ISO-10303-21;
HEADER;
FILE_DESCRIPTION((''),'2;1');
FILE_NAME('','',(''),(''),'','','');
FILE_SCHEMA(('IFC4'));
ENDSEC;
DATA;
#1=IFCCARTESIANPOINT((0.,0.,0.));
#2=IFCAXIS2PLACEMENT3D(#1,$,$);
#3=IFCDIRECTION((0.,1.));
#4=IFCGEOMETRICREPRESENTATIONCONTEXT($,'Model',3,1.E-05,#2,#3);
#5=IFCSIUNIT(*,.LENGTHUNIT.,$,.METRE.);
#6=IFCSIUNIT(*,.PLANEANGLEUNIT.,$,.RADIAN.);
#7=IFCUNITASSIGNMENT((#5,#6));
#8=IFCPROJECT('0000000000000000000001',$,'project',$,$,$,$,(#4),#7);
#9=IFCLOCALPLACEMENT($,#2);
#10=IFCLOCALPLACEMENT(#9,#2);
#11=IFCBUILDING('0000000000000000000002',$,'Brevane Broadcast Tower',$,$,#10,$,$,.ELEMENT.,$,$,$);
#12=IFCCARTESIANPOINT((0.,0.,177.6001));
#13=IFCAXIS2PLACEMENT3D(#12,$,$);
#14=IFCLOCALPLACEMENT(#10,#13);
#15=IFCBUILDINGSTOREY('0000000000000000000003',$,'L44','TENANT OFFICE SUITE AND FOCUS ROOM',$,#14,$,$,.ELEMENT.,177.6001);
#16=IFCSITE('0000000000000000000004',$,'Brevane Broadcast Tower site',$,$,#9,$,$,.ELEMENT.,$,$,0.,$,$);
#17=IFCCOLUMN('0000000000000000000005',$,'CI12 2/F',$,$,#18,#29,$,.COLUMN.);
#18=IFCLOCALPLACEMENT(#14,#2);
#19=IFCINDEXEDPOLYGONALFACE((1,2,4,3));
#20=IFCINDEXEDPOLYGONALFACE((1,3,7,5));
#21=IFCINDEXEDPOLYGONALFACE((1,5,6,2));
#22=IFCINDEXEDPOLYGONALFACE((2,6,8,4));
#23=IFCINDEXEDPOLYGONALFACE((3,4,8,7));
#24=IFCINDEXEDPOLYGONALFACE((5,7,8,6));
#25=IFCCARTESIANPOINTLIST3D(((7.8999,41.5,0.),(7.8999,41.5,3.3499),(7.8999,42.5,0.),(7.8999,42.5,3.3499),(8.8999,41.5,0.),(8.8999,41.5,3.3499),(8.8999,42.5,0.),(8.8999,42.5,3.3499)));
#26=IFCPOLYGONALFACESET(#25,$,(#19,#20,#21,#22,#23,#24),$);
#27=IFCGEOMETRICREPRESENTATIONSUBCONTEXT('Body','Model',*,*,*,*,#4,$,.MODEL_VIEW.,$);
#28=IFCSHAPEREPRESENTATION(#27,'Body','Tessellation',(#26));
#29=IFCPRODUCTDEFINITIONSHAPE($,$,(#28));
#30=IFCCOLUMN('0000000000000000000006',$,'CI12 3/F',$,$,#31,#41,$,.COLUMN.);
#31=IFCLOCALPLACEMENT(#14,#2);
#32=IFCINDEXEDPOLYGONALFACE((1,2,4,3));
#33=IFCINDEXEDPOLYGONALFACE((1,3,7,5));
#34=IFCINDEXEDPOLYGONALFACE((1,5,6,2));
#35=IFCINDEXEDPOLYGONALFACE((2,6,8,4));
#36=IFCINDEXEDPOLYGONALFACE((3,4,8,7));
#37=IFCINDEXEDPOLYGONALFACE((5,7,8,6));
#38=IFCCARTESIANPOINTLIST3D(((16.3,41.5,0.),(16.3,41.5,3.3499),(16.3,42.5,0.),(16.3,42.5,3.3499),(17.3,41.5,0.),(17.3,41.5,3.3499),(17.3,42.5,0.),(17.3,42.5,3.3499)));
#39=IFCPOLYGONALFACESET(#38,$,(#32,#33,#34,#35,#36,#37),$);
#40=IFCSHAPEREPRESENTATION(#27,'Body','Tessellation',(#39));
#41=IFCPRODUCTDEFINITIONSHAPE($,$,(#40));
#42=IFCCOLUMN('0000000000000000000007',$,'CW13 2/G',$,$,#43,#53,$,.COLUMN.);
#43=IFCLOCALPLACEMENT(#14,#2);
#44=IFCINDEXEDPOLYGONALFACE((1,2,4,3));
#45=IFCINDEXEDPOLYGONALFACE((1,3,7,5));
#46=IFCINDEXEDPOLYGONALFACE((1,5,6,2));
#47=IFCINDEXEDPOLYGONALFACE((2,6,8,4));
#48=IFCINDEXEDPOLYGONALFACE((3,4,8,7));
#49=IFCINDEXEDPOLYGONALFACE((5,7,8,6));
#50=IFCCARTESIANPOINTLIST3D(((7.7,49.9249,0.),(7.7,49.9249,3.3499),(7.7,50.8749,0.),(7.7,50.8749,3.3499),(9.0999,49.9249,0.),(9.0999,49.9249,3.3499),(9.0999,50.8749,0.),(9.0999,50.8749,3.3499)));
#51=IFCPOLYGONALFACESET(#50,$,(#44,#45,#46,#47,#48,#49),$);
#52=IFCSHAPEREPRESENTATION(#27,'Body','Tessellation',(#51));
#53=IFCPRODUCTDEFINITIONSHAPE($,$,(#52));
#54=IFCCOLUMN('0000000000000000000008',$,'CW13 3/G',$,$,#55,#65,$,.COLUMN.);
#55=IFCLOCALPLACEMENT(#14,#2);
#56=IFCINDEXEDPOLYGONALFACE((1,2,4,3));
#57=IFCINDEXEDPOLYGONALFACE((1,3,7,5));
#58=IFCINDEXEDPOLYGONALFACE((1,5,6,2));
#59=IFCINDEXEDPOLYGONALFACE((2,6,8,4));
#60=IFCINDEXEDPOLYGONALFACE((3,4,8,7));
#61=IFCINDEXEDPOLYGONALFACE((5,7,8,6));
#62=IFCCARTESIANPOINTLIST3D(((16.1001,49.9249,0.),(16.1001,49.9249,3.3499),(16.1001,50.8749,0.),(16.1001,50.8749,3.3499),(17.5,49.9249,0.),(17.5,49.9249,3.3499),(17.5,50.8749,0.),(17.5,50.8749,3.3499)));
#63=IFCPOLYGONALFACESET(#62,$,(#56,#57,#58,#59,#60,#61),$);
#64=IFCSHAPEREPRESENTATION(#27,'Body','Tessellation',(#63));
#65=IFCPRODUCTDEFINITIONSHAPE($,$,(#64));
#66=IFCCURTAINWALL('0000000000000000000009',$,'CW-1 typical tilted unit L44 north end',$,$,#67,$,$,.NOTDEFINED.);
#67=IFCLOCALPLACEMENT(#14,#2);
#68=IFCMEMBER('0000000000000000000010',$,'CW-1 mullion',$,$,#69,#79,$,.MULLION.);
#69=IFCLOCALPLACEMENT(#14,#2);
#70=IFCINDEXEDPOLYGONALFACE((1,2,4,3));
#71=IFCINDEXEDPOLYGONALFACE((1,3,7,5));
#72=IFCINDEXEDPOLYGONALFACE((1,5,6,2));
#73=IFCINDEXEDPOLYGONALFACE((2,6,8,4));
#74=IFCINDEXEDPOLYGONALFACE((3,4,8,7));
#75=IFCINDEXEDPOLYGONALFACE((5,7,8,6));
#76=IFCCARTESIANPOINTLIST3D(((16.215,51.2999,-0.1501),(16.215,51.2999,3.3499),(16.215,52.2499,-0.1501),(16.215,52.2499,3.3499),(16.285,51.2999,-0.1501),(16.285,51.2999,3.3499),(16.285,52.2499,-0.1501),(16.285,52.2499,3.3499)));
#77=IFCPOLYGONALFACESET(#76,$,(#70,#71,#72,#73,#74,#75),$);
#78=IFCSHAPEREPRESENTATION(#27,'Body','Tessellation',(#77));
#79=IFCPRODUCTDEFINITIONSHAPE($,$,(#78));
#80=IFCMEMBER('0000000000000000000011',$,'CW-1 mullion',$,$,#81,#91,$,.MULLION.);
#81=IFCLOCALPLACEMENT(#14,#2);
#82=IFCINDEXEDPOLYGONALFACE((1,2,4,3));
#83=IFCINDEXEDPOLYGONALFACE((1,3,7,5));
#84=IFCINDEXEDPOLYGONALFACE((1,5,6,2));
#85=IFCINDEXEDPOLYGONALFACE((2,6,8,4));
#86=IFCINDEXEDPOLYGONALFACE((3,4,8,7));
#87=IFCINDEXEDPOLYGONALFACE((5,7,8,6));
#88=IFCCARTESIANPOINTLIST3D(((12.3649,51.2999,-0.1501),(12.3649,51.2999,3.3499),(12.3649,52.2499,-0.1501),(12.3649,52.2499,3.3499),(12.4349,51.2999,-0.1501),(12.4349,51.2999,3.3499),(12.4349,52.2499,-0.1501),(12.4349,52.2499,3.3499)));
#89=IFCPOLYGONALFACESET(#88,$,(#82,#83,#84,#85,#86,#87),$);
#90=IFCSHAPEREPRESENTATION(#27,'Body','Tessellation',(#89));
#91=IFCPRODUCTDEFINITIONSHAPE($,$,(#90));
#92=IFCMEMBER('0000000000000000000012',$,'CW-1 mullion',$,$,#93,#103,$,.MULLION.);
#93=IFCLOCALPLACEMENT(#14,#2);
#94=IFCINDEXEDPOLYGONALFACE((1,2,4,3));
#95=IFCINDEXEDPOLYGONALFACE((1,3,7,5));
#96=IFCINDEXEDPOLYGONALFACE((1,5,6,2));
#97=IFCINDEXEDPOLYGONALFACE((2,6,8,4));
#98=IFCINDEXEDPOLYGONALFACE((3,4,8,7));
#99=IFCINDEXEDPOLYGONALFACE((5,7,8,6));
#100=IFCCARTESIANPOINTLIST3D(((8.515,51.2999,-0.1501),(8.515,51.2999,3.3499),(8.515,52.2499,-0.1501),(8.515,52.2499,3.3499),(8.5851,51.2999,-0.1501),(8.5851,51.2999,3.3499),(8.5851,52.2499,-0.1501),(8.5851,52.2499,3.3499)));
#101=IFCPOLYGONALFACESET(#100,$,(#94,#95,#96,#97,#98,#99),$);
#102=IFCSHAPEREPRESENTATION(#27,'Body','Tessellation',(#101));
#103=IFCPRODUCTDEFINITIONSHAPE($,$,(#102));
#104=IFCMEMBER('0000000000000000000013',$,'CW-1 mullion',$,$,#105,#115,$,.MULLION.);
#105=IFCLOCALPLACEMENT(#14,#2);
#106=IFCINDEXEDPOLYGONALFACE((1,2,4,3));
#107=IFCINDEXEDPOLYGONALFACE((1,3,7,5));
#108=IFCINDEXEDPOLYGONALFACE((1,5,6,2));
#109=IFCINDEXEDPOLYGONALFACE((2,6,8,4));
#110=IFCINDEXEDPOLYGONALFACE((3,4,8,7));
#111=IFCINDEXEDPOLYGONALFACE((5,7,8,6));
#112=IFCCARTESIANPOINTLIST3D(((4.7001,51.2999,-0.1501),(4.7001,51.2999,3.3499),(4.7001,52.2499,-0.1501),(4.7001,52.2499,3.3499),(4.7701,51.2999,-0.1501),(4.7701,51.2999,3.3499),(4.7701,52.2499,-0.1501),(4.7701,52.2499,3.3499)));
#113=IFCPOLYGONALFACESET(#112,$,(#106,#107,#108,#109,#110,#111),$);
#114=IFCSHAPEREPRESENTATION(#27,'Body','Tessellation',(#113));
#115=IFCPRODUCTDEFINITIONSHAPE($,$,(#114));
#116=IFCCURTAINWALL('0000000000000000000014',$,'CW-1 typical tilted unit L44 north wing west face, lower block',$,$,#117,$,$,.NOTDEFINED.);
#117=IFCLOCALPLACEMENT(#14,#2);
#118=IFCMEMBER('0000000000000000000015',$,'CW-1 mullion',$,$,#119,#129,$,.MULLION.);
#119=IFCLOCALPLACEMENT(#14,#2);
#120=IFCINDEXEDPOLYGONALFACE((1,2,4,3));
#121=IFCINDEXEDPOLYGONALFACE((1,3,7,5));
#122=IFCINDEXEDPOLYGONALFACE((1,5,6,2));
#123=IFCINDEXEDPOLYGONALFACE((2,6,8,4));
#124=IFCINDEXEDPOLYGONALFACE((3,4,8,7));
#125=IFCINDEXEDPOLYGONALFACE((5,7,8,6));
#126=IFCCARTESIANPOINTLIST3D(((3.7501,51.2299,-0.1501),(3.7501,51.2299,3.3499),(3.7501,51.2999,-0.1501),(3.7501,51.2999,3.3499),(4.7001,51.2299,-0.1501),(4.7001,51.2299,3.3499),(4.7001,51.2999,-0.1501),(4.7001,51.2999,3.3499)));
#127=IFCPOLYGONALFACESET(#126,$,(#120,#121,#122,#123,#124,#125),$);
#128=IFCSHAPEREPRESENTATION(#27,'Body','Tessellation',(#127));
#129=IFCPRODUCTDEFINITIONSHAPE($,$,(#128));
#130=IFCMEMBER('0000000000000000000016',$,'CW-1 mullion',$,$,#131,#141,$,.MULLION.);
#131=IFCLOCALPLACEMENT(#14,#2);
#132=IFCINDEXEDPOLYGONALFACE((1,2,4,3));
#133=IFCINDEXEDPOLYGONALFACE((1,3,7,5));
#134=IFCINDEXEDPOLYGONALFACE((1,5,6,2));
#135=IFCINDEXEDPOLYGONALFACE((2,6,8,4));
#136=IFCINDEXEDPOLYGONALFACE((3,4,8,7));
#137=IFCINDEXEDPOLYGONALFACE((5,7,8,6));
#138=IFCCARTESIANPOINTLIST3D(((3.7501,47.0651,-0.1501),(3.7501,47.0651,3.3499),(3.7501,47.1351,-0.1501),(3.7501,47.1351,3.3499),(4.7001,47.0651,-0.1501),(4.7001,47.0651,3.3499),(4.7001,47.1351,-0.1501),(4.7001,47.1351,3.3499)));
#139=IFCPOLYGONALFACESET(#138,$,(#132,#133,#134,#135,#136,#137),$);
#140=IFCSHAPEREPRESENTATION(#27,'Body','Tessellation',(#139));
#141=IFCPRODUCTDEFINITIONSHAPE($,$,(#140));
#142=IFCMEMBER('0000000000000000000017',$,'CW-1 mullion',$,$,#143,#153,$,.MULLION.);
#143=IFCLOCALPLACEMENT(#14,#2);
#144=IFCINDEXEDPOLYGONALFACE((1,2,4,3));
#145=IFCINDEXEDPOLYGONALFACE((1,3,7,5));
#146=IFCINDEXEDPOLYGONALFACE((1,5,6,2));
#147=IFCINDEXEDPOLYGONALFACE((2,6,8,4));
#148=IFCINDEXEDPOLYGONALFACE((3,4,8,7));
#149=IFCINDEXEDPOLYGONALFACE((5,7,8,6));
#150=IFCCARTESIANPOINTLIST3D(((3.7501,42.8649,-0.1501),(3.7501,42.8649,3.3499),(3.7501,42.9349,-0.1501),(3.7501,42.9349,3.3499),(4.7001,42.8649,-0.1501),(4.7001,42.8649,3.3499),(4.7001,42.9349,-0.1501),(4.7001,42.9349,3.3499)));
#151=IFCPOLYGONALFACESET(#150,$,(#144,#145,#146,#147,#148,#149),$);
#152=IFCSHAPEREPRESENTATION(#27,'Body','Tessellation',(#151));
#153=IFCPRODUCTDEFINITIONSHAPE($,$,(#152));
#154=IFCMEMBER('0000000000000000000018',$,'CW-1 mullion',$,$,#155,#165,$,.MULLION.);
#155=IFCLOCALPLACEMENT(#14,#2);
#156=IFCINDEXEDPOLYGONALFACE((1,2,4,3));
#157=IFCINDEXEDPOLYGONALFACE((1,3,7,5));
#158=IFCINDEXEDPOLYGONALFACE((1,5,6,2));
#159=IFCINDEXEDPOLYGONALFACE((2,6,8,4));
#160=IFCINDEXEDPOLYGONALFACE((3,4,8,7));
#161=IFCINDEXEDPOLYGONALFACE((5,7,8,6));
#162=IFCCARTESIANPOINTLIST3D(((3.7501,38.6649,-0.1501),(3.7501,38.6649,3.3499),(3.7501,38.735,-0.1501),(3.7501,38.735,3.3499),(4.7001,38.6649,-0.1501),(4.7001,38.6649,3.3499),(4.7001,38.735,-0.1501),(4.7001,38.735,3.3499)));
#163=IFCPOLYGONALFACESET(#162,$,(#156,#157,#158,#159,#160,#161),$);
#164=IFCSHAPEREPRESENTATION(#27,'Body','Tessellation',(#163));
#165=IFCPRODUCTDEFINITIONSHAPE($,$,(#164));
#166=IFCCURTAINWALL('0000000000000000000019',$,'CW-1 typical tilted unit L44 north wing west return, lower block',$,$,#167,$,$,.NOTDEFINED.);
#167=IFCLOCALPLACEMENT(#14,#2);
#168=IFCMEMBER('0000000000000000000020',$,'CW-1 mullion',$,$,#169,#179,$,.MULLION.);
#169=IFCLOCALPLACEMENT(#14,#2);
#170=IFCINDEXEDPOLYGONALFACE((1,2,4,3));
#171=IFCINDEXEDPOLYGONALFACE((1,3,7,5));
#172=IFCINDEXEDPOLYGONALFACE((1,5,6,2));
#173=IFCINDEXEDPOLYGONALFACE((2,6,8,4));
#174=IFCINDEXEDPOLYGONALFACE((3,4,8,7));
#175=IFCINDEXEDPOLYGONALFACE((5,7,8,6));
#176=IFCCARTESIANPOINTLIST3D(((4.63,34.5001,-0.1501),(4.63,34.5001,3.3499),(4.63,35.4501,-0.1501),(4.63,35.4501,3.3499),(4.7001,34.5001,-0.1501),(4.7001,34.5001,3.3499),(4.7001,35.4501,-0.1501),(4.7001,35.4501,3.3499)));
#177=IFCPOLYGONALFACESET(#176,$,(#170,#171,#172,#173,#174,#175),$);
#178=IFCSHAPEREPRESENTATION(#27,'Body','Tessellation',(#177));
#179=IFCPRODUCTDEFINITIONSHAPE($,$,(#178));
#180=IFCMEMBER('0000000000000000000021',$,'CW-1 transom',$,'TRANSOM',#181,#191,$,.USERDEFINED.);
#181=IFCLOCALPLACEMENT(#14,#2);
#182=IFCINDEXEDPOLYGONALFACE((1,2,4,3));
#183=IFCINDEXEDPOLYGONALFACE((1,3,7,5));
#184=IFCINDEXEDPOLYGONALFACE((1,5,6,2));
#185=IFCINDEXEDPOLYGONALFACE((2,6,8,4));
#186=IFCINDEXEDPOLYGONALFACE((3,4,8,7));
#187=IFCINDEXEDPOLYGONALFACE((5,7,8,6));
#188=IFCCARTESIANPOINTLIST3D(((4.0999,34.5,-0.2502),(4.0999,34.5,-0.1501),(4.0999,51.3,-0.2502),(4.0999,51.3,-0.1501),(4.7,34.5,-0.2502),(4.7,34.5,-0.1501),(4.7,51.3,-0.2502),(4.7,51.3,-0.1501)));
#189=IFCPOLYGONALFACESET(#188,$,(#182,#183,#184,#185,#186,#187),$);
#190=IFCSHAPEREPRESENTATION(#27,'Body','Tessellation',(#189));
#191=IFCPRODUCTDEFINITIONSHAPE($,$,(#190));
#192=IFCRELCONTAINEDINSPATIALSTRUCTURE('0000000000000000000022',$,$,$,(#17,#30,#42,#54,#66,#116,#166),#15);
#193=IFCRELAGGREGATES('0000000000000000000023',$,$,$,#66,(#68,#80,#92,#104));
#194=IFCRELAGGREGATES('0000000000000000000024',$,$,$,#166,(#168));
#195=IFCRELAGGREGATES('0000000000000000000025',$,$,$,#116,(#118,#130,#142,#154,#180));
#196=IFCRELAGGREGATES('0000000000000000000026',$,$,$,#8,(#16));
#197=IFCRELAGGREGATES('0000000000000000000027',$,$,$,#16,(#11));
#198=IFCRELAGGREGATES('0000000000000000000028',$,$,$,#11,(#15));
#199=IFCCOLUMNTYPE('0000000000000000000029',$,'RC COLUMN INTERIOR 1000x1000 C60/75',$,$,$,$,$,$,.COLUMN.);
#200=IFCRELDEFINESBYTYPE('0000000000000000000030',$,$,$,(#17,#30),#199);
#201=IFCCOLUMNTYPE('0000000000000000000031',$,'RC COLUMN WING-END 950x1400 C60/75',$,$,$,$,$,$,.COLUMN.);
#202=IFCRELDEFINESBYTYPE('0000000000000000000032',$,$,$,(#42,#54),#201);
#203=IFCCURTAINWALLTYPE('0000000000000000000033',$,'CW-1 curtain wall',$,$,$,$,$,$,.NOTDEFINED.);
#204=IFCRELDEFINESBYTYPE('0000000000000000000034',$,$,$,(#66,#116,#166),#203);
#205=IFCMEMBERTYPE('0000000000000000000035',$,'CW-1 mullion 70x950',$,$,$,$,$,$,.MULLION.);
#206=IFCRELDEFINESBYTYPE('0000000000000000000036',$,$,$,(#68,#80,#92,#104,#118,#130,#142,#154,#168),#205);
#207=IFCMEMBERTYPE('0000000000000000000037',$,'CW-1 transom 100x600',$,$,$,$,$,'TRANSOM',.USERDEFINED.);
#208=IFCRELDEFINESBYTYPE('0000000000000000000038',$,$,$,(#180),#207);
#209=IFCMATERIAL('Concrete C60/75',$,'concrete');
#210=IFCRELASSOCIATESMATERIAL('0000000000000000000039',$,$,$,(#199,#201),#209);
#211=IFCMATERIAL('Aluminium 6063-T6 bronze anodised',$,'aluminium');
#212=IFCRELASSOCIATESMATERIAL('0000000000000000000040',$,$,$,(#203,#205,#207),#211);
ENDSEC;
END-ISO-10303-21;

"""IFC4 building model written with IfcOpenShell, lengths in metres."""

from ifc_helpers import new_model, si_unit, direction, frame, origin, origin_2d, place, context, subcontext, project, spatial, rectangle, extrude, material, material_profile, profile_set, type_object, element, aggregate, save


model = new_model("IFC4")

# Units and contexts
model_context = context("Model", 3, precision=1e-05, world=origin(), true_north=direction((0.0, 1.0)))
body_context = subcontext(model_context, "Body", "Model", "MODEL_VIEW")
ifc_project = project(units=[si_unit("LENGTHUNIT", "METRE"), si_unit("PLANEANGLEUNIT", "RADIAN")], contexts=[model_context])

# Site, building, storey
site_placement = place(None, origin())
site = spatial("IfcSite", under=ifc_project, at=site_placement, Name="Brevane Broadcast Tower site", CompositionType="ELEMENT", RefElevation=0.0)
building_placement = place(site_placement, origin())
building = spatial("IfcBuilding", under=site, at=building_placement, Name="Brevane Broadcast Tower", CompositionType="ELEMENT")
storey_placement = place(building_placement, frame((0.0, 0.0, 177.6001)))
storey = spatial("IfcBuildingStorey", under=building, at=storey_placement, Name="L44", Description="TENANT OFFICE SUITE AND FOCUS ROOM", CompositionType="ELEMENT", Elevation=177.6001)

# Columns
ifc_material_1 = material(Name="Concrete C60/75", Category="concrete")
ifc_material_profile_1 = material_profile(ifc_material_1, rectangle(XDim=1.0, YDim=1.0, at=origin_2d()), Name="RC 1000x1000")
ifc_profile_set_1 = profile_set([ifc_material_profile_1], Name="Concrete C60/75")
column_type_1 = type_object("IfcColumnType", Name="RC COLUMN INTERIOR 1000x1000 C60/75", PredefinedType="COLUMN", material=ifc_profile_set_1)
for number, where, z_axis, x_axis, name in (
    (1, (8.3999, 42.0, 0.0), (0.0, 0.0, 1.0), (1.0, 0.0, 0.0), "CI12 2/F"),
    (2, (16.8, 42.0, 0.0), (0.0, 0.0, 1.0), (1.0, 0.0, 0.0), "CI12 3/F"),
):
    element("IfcColumn", number, at=place(storey_placement, frame(where, z_axis=z_axis, x_axis=x_axis)), inside=storey, type_object=column_type_1, Name=name, PredefinedType="COLUMN", context=body_context, shape_type="SweptSolid", body=[
        extrude(rectangle(XDim=1.0, YDim=1.0, at=origin_2d()), origin(), (0.0, 0.0, 1.0), 3.3499),
    ])
ifc_material_profile_2 = material_profile(ifc_material_1, rectangle(XDim=0.95, YDim=1.3999, at=origin_2d()), Name="RC 950x1400")
ifc_profile_set_2 = profile_set([ifc_material_profile_2], Name="Concrete C60/75")
column_type_2 = type_object("IfcColumnType", Name="RC COLUMN WING-END 950x1400 C60/75", PredefinedType="COLUMN", material=ifc_profile_set_2)
for number, where, z_axis, x_axis, name in (
    (3, (8.3999, 50.3999, 0.0), (0.0, 0.0, 1.0), (0.0, 1.0, 0.0), "CW13 2/G"),
    (4, (16.8, 50.3999, 0.0), (0.0, 0.0, 1.0), (0.0, 1.0, 0.0), "CW13 3/G"),
):
    element("IfcColumn", number, at=place(storey_placement, frame(where, z_axis=z_axis, x_axis=x_axis)), inside=storey, type_object=column_type_2, Name=name, PredefinedType="COLUMN", context=body_context, shape_type="SweptSolid", body=[
        extrude(rectangle(XDim=0.95, YDim=1.3999, at=origin_2d()), origin(), (0.0, 0.0, 1.0), 3.3499),
    ])

# Curtain walls, members
ifc_material_2 = material(Name="Aluminium 6063-T6 bronze anodised", Category="aluminium")
curtain_wall_type = type_object("IfcCurtainWallType", Name="CW-1 curtain wall", PredefinedType="NOTDEFINED", material=ifc_material_2)
curtain_wall_1_placement = place(storey_placement, origin())
curtain_wall_1 = element("IfcCurtainWall", 5, at=curtain_wall_1_placement, inside=storey, type_object=curtain_wall_type, Name="CW-1 typical tilted unit L44 north end", PredefinedType="NOTDEFINED")
ifc_material_profile_3 = material_profile(ifc_material_2, rectangle(XDim=0.95, YDim=0.0701, at=origin_2d()), Name="RECT 70x950")
ifc_profile_set_3 = profile_set([ifc_material_profile_3], Name="Aluminium 6063-T6 bronze anodised")
member_type_1 = type_object("IfcMemberType", Name="CW-1 mullion 70x950", PredefinedType="MULLION", material=ifc_profile_set_3)
member_1_placement = place(storey_placement, frame((16.25, 51.7749, -0.1501), z_axis=(0.0, 0.0, 1.0), x_axis=(0.0, -1.0, 0.0)))
member_1 = element("IfcMember", 6, at=member_1_placement, type_object=member_type_1, Name="CW-1 mullion", PredefinedType="MULLION", context=body_context, shape_type="SweptSolid", body=[
    extrude(rectangle(XDim=0.95, YDim=0.0701, at=origin_2d()), origin(), (0.0, 0.0, 1.0), 3.5),
])
member_2_placement = place(storey_placement, frame((12.3999, 51.7749, -0.1501), z_axis=(0.0, 0.0, 1.0), x_axis=(0.0, -1.0, 0.0)))
member_2 = element("IfcMember", 7, at=member_2_placement, type_object=member_type_1, Name="CW-1 mullion", PredefinedType="MULLION", context=body_context, shape_type="SweptSolid", body=[
    extrude(rectangle(XDim=0.95, YDim=0.0701, at=origin_2d()), origin(), (0.0, 0.0, 1.0), 3.5),
])
member_3_placement = place(storey_placement, frame((8.55, 51.7749, -0.1501), z_axis=(0.0, 0.0, 1.0), x_axis=(0.0, -1.0, 0.0)))
member_3 = element("IfcMember", 8, at=member_3_placement, type_object=member_type_1, Name="CW-1 mullion", PredefinedType="MULLION", context=body_context, shape_type="SweptSolid", body=[
    extrude(rectangle(XDim=0.95, YDim=0.0701, at=origin_2d()), origin(), (0.0, 0.0, 1.0), 3.5),
])
member_4_placement = place(storey_placement, frame((4.7351, 51.7749, -0.1501), z_axis=(0.0, 0.0, 1.0), x_axis=(0.0, -1.0, 0.0)))
member_4 = element("IfcMember", 9, at=member_4_placement, type_object=member_type_1, Name="CW-1 mullion", PredefinedType="MULLION", context=body_context, shape_type="SweptSolid", body=[
    extrude(rectangle(XDim=0.95, YDim=0.0701, at=origin_2d()), origin(), (0.0, 0.0, 1.0), 3.5),
])
aggregate(curtain_wall_1, [member_1, member_2, member_3, member_4])
curtain_wall_2_placement = place(storey_placement, origin())
curtain_wall_2 = element("IfcCurtainWall", 10, at=curtain_wall_2_placement, inside=storey, type_object=curtain_wall_type, Name="CW-1 typical tilted unit L44 north wing west face, lower block", PredefinedType="NOTDEFINED")
member_5_placement = place(storey_placement, frame((4.2251, 51.2649, -0.1501), z_axis=(0.0, 0.0, 1.0), x_axis=(1.0, 0.0, 0.0)))
member_5 = element("IfcMember", 11, at=member_5_placement, type_object=member_type_1, Name="CW-1 mullion", PredefinedType="MULLION", context=body_context, shape_type="SweptSolid", body=[
    extrude(rectangle(XDim=0.95, YDim=0.0701, at=origin_2d()), origin(), (0.0, 0.0, 1.0), 3.5),
])
member_6_placement = place(storey_placement, frame((4.2251, 47.1001, -0.1501), z_axis=(0.0, 0.0, 1.0), x_axis=(1.0, 0.0, 0.0)))
member_6 = element("IfcMember", 12, at=member_6_placement, type_object=member_type_1, Name="CW-1 mullion", PredefinedType="MULLION", context=body_context, shape_type="SweptSolid", body=[
    extrude(rectangle(XDim=0.95, YDim=0.0701, at=origin_2d()), origin(), (0.0, 0.0, 1.0), 3.5),
])
member_7_placement = place(storey_placement, frame((4.2251, 42.8999, -0.1501), z_axis=(0.0, 0.0, 1.0), x_axis=(1.0, 0.0, 0.0)))
member_7 = element("IfcMember", 13, at=member_7_placement, type_object=member_type_1, Name="CW-1 mullion", PredefinedType="MULLION", context=body_context, shape_type="SweptSolid", body=[
    extrude(rectangle(XDim=0.95, YDim=0.0701, at=origin_2d()), origin(), (0.0, 0.0, 1.0), 3.5),
])
member_8_placement = place(storey_placement, frame((4.2251, 38.7, -0.1501), z_axis=(0.0, 0.0, 1.0), x_axis=(1.0, 0.0, 0.0)))
member_8 = element("IfcMember", 14, at=member_8_placement, type_object=member_type_1, Name="CW-1 mullion", PredefinedType="MULLION", context=body_context, shape_type="SweptSolid", body=[
    extrude(rectangle(XDim=0.95, YDim=0.0701, at=origin_2d()), origin(), (0.0, 0.0, 1.0), 3.5),
])

# Curtain wall, member
curtain_wall_3_placement = place(storey_placement, origin())
curtain_wall_3 = element("IfcCurtainWall", 15, at=curtain_wall_3_placement, inside=storey, type_object=curtain_wall_type, Name="CW-1 typical tilted unit L44 north wing west return, lower block", PredefinedType="NOTDEFINED")
member_9_placement = place(storey_placement, frame((4.665, 34.9751, -0.1501), z_axis=(0.0, 0.0, 1.0), x_axis=(0.0, -1.0, 0.0)))
member_9 = element("IfcMember", 16, at=member_9_placement, type_object=member_type_1, Name="CW-1 mullion", PredefinedType="MULLION", context=body_context, shape_type="SweptSolid", body=[
    extrude(rectangle(XDim=0.95, YDim=0.0701, at=origin_2d()), origin(), (0.0, 0.0, 1.0), 3.5),
])
aggregate(curtain_wall_3, [member_9])

# Member
ifc_material_profile_4 = material_profile(ifc_material_2, rectangle(XDim=0.6001, YDim=0.1001, at=origin_2d()), Name="RECT 100x600")
ifc_profile_set_4 = profile_set([ifc_material_profile_4], Name="Aluminium 6063-T6 bronze anodised")
member_type_2 = type_object("IfcMemberType", Name="CW-1 transom 100x600", ElementType="TRANSOM", PredefinedType="USERDEFINED", material=ifc_profile_set_4)
member_10_placement = place(storey_placement, frame((4.3999, 51.3, -0.2002), z_axis=(0.0, -1.0, 0.0), x_axis=(1.0, 0.0, 0.0)))
member_10 = element("IfcMember", 17, at=member_10_placement, type_object=member_type_2, Name="CW-1 transom", ObjectType="TRANSOM", PredefinedType="USERDEFINED", context=body_context, shape_type="SweptSolid", body=[
    extrude(rectangle(XDim=0.6001, YDim=0.1001, at=origin_2d()), origin(), (0.0, 0.0, 1.0), 16.8),
])
aggregate(curtain_wall_2, [member_5, member_6, member_7, member_8, member_10])

save(model, "model.ifc")
